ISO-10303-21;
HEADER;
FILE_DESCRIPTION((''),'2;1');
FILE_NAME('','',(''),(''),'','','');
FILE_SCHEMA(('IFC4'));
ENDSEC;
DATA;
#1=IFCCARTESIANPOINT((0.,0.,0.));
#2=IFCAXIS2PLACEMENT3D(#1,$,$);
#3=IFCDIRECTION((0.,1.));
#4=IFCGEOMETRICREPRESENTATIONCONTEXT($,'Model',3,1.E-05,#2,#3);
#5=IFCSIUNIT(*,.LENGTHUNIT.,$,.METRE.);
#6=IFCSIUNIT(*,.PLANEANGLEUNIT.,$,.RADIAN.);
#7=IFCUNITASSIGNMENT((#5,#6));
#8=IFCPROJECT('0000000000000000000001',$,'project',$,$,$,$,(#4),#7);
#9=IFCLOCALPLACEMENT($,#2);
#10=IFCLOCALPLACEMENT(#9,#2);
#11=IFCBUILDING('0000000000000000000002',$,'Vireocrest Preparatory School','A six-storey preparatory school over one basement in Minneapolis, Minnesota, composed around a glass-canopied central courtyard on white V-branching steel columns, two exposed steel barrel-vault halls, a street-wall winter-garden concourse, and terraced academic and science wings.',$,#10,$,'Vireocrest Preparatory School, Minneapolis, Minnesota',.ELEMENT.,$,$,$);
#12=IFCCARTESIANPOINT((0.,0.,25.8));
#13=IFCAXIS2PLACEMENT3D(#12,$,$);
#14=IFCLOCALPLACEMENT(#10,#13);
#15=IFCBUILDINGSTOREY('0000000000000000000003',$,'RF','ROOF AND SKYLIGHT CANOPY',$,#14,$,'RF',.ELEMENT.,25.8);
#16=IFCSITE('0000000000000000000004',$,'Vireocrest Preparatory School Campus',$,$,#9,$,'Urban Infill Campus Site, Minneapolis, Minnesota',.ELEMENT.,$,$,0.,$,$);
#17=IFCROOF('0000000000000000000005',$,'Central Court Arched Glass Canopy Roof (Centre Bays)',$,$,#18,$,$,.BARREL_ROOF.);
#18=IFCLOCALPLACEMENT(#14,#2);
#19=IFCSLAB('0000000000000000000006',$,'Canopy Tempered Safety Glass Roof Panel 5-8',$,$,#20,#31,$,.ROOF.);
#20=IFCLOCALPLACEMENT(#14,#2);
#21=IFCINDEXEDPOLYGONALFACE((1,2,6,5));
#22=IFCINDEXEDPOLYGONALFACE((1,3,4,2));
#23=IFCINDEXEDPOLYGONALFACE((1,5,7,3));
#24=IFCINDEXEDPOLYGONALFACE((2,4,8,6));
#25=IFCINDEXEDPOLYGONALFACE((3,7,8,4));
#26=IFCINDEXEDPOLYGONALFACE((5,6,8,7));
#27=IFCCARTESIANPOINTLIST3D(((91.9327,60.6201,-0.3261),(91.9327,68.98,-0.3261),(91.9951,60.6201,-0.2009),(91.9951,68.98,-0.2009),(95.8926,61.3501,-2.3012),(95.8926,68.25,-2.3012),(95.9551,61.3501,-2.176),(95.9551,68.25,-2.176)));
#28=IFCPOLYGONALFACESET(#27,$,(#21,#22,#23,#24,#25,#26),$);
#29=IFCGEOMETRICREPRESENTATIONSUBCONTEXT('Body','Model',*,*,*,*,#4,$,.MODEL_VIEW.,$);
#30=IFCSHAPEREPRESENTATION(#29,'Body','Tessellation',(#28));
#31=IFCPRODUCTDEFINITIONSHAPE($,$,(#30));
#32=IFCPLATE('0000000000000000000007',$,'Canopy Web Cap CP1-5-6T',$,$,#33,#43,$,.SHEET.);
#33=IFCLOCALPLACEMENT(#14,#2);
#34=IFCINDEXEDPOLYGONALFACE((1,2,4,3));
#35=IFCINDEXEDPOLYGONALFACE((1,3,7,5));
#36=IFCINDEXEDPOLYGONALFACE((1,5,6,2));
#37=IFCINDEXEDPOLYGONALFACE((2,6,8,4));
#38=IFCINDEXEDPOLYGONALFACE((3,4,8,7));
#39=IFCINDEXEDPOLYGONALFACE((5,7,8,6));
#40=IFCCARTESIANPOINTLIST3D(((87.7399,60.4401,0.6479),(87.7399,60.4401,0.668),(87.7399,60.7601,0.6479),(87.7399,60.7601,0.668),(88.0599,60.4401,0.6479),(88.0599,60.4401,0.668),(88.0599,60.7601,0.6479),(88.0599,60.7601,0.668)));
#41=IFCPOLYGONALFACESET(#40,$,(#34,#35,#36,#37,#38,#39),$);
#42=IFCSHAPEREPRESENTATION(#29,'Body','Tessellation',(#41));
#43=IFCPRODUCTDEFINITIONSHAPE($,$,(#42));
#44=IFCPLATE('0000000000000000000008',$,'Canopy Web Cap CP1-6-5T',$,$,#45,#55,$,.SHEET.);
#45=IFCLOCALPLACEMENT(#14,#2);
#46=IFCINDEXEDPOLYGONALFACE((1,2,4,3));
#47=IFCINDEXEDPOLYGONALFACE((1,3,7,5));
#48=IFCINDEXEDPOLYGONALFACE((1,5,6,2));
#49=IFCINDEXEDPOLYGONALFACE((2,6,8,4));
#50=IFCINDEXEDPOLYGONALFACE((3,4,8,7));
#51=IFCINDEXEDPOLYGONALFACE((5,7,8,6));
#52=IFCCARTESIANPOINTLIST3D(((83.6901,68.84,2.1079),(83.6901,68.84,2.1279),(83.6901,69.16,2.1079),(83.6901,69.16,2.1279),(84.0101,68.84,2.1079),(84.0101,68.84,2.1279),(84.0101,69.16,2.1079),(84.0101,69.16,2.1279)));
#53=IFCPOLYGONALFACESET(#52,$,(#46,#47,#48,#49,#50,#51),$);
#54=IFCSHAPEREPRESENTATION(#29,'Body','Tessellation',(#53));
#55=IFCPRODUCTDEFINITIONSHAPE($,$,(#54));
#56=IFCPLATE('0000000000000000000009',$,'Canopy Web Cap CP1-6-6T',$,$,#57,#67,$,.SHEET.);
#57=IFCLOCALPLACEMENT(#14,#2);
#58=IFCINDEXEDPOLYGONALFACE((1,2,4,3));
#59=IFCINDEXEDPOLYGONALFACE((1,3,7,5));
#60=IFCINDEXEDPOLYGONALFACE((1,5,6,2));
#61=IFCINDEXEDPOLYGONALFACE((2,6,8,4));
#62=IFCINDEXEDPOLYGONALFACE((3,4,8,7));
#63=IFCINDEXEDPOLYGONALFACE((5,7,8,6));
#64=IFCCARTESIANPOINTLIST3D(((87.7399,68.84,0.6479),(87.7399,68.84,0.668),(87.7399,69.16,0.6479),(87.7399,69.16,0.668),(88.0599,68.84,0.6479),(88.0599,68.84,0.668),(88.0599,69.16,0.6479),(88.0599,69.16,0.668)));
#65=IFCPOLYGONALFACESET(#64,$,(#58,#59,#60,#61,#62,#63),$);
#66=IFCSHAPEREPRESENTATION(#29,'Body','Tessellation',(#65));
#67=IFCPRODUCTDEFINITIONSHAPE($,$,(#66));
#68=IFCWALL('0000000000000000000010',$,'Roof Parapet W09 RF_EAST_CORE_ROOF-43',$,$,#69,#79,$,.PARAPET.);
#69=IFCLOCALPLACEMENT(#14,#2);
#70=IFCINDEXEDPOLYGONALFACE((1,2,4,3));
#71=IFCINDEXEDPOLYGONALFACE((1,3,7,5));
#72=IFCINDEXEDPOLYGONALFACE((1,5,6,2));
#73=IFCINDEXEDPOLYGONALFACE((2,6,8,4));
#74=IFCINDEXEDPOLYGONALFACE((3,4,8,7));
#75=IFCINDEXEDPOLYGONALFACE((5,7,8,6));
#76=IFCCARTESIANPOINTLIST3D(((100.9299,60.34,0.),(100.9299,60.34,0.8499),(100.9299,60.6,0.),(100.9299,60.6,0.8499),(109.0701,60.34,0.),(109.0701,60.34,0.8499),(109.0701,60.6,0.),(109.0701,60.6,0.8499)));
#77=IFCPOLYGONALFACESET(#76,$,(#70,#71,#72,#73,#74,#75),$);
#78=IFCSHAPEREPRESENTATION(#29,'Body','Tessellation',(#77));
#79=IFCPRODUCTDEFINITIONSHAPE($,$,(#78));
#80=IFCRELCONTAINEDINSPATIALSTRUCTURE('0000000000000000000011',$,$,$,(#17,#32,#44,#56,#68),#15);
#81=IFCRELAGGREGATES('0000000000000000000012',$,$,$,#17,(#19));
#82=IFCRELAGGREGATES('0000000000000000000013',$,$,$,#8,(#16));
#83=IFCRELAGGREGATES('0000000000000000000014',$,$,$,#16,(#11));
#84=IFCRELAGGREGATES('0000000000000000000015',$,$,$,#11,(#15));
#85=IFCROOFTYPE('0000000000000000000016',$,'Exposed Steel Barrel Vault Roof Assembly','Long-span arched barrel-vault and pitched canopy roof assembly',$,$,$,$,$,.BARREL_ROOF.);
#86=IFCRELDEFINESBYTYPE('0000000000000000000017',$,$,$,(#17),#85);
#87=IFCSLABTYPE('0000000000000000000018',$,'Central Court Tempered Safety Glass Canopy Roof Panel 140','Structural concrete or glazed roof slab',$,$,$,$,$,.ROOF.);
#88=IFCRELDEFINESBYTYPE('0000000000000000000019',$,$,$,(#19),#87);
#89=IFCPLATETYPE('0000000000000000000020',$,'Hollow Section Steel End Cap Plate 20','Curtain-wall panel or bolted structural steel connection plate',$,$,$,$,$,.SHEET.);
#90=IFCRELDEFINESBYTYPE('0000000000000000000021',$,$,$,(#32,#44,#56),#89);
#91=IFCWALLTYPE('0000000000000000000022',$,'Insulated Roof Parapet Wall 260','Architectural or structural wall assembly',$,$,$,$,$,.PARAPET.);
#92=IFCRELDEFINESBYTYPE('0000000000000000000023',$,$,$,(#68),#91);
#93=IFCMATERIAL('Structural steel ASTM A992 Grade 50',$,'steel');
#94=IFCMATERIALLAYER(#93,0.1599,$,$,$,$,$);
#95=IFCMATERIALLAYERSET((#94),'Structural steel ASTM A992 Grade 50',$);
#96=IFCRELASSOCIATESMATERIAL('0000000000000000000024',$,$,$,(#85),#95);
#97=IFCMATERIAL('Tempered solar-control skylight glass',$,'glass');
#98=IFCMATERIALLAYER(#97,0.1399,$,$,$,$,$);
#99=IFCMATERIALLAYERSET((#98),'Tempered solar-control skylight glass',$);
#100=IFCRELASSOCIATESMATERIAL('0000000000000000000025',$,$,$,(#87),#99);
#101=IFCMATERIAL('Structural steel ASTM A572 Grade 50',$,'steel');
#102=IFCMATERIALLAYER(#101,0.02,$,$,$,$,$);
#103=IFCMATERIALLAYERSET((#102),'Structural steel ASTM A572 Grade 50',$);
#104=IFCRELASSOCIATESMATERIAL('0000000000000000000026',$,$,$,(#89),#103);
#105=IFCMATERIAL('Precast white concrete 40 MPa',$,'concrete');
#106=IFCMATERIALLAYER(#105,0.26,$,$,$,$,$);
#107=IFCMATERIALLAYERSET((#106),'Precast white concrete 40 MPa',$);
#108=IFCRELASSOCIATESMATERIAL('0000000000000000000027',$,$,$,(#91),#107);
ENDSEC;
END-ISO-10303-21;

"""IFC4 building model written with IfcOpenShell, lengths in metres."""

from ifc_helpers import new_model, si_unit, direction, frame, frame_2d, origin, origin_2d, place, context, subcontext, project, spatial, polyline, rectangle, outline, extrude, material, layer, layer_set, type_object, element, aggregate, save


model = new_model("IFC4")

# Units and contexts
model_context = context("Model", 3, precision=1e-05, world=origin(), true_north=direction((0.0, 1.0)))
body_context = subcontext(model_context, "Body", "Model", "MODEL_VIEW")
ifc_project = project(units=[si_unit("LENGTHUNIT", "METRE"), si_unit("PLANEANGLEUNIT", "RADIAN")], contexts=[model_context])

# Site, building, storey
site_placement = place(None, origin())
site = spatial("IfcSite", under=ifc_project, at=site_placement, Name="Vireocrest Preparatory School Campus", LongName="Urban Infill Campus Site, Minneapolis, Minnesota", CompositionType="ELEMENT", RefElevation=0.0)
building_placement = place(site_placement, origin())
building = spatial("IfcBuilding", under=site, at=building_placement, Name="Vireocrest Preparatory School", Description="A six-storey preparatory school over one basement in Minneapolis, Minnesota, composed around a glass-canopied central courtyard on white V-branching steel columns, two exposed steel barrel-vault halls, a street-wall winter-garden concourse, and terraced academic and science wings.", LongName="Vireocrest Preparatory School, Minneapolis, Minnesota", CompositionType="ELEMENT")
storey_placement = place(building_placement, frame((0.0, 0.0, 25.8)))
storey = spatial("IfcBuildingStorey", under=building, at=storey_placement, Name="RF", Description="ROOF AND SKYLIGHT CANOPY", LongName="RF", CompositionType="ELEMENT", Elevation=25.8)

# Shared definitions
ifc_material_1 = material(Name="Structural steel ASTM A992 Grade 50", Category="steel")

# Roof, slab
ifc_layer_1 = layer(ifc_material_1, 0.1599)
ifc_layer_set_1 = layer_set([ifc_layer_1], Name="Structural steel ASTM A992 Grade 50")
roof_type = type_object("IfcRoofType", Name="Exposed Steel Barrel Vault Roof Assembly", Description="Long-span arched barrel-vault and pitched canopy roof assembly", PredefinedType="BARREL_ROOF", material=ifc_layer_set_1)
roof_placement = place(storey_placement, origin())
roof = element("IfcRoof", 1, at=roof_placement, inside=storey, type_object=roof_type, Name="Central Court Arched Glass Canopy Roof (Centre Bays)", PredefinedType="BARREL_ROOF")
ifc_material_2 = material(Name="Tempered solar-control skylight glass", Category="glass")
ifc_layer_2 = layer(ifc_material_2, 0.1399)
ifc_layer_set_2 = layer_set([ifc_layer_2], Name="Tempered solar-control skylight glass")
slab_type = type_object("IfcSlabType", Name="Central Court Tempered Safety Glass Canopy Roof Panel 140", Description="Structural concrete or glazed roof slab", PredefinedType="ROOF", material=ifc_layer_set_2)
slab_1_placement = place(storey_placement, frame((91.9951, 60.6201, -0.2009), z_axis=(0.446331, 0.0, 0.894868), x_axis=(0.882936, 0.162761, -0.440379)))
slab_1 = element("IfcSlab", 2, at=slab_1_placement, type_object=slab_type, Name="Canopy Tempered Safety Glass Roof Panel 5-8", PredefinedType="ROOF", context=body_context, shape_type="SweptSolid", body=[
    extrude(outline(polyline([(0.0, 0.0), (4.485, 0.0), (5.608, 6.8079), (1.3607, 8.2484), (0.0, 0.0)])), origin(), (0.0, 0.0, -1.0), 0.1399),
])
aggregate(roof, [slab_1])

# Plates
ifc_material_3 = material(Name="Structural steel ASTM A572 Grade 50", Category="steel")
ifc_layer_3 = layer(ifc_material_3, 0.02)
ifc_layer_set_3 = layer_set([ifc_layer_3], Name="Structural steel ASTM A572 Grade 50")
plate_type = type_object("IfcPlateType", Name="Hollow Section Steel End Cap Plate 20", Description="Curtain-wall panel or bolted structural steel connection plate", PredefinedType="SHEET", material=ifc_layer_set_3)
for number, where, z_axis, x_axis, name in (
    (3, (87.8999, 60.6001, 0.6479), (0.0, 0.0, 1.0), (1.0, 0.0, 0.0), "Canopy Web Cap CP1-5-6T"),
    (4, (83.8501, 69.0, 2.1079), (0.0, 0.0, 1.0), (1.0, 0.0, 0.0), "Canopy Web Cap CP1-6-5T"),
    (5, (87.8999, 69.0, 0.6479), (0.0, 0.0, 1.0), (1.0, 0.0, 0.0), "Canopy Web Cap CP1-6-6T"),
):
    element("IfcPlate", number, at=place(storey_placement, frame(where, z_axis=z_axis, x_axis=x_axis)), inside=storey, type_object=plate_type, Name=name, PredefinedType="SHEET", context=body_context, shape_type="SweptSolid", body=[
        extrude(rectangle(XDim=0.3201, YDim=0.3201, at=origin_2d()), origin(), (0.0, 0.0, 1.0), 0.02),
    ])

# Wall
ifc_material_4 = material(Name="Precast white concrete 40 MPa", Category="concrete")
ifc_layer_4 = layer(ifc_material_4, 0.26)
ifc_layer_set_4 = layer_set([ifc_layer_4], Name="Precast white concrete 40 MPa")
wall_type = type_object("IfcWallType", Name="Insulated Roof Parapet Wall 260", Description="Architectural or structural wall assembly", PredefinedType="PARAPET", material=ifc_layer_set_4)
wall_placement = place(storey_placement, frame((100.9299, 60.47, 0.0), z_axis=(0.0, 0.0, 1.0), x_axis=(1.0, 0.0, 0.0)))
element("IfcWall", 6, at=wall_placement, inside=storey, type_object=wall_type, Name="Roof Parapet W09 RF_EAST_CORE_ROOF-43", PredefinedType="PARAPET", context=body_context, shape_type="SweptSolid", body=[
    extrude(rectangle(XDim=8.1401, YDim=0.26, at=frame_2d((4.0701, 0.0))), origin(), (0.0, 0.0, 1.0), 0.8499),
])

save(model, "model.ifc")
